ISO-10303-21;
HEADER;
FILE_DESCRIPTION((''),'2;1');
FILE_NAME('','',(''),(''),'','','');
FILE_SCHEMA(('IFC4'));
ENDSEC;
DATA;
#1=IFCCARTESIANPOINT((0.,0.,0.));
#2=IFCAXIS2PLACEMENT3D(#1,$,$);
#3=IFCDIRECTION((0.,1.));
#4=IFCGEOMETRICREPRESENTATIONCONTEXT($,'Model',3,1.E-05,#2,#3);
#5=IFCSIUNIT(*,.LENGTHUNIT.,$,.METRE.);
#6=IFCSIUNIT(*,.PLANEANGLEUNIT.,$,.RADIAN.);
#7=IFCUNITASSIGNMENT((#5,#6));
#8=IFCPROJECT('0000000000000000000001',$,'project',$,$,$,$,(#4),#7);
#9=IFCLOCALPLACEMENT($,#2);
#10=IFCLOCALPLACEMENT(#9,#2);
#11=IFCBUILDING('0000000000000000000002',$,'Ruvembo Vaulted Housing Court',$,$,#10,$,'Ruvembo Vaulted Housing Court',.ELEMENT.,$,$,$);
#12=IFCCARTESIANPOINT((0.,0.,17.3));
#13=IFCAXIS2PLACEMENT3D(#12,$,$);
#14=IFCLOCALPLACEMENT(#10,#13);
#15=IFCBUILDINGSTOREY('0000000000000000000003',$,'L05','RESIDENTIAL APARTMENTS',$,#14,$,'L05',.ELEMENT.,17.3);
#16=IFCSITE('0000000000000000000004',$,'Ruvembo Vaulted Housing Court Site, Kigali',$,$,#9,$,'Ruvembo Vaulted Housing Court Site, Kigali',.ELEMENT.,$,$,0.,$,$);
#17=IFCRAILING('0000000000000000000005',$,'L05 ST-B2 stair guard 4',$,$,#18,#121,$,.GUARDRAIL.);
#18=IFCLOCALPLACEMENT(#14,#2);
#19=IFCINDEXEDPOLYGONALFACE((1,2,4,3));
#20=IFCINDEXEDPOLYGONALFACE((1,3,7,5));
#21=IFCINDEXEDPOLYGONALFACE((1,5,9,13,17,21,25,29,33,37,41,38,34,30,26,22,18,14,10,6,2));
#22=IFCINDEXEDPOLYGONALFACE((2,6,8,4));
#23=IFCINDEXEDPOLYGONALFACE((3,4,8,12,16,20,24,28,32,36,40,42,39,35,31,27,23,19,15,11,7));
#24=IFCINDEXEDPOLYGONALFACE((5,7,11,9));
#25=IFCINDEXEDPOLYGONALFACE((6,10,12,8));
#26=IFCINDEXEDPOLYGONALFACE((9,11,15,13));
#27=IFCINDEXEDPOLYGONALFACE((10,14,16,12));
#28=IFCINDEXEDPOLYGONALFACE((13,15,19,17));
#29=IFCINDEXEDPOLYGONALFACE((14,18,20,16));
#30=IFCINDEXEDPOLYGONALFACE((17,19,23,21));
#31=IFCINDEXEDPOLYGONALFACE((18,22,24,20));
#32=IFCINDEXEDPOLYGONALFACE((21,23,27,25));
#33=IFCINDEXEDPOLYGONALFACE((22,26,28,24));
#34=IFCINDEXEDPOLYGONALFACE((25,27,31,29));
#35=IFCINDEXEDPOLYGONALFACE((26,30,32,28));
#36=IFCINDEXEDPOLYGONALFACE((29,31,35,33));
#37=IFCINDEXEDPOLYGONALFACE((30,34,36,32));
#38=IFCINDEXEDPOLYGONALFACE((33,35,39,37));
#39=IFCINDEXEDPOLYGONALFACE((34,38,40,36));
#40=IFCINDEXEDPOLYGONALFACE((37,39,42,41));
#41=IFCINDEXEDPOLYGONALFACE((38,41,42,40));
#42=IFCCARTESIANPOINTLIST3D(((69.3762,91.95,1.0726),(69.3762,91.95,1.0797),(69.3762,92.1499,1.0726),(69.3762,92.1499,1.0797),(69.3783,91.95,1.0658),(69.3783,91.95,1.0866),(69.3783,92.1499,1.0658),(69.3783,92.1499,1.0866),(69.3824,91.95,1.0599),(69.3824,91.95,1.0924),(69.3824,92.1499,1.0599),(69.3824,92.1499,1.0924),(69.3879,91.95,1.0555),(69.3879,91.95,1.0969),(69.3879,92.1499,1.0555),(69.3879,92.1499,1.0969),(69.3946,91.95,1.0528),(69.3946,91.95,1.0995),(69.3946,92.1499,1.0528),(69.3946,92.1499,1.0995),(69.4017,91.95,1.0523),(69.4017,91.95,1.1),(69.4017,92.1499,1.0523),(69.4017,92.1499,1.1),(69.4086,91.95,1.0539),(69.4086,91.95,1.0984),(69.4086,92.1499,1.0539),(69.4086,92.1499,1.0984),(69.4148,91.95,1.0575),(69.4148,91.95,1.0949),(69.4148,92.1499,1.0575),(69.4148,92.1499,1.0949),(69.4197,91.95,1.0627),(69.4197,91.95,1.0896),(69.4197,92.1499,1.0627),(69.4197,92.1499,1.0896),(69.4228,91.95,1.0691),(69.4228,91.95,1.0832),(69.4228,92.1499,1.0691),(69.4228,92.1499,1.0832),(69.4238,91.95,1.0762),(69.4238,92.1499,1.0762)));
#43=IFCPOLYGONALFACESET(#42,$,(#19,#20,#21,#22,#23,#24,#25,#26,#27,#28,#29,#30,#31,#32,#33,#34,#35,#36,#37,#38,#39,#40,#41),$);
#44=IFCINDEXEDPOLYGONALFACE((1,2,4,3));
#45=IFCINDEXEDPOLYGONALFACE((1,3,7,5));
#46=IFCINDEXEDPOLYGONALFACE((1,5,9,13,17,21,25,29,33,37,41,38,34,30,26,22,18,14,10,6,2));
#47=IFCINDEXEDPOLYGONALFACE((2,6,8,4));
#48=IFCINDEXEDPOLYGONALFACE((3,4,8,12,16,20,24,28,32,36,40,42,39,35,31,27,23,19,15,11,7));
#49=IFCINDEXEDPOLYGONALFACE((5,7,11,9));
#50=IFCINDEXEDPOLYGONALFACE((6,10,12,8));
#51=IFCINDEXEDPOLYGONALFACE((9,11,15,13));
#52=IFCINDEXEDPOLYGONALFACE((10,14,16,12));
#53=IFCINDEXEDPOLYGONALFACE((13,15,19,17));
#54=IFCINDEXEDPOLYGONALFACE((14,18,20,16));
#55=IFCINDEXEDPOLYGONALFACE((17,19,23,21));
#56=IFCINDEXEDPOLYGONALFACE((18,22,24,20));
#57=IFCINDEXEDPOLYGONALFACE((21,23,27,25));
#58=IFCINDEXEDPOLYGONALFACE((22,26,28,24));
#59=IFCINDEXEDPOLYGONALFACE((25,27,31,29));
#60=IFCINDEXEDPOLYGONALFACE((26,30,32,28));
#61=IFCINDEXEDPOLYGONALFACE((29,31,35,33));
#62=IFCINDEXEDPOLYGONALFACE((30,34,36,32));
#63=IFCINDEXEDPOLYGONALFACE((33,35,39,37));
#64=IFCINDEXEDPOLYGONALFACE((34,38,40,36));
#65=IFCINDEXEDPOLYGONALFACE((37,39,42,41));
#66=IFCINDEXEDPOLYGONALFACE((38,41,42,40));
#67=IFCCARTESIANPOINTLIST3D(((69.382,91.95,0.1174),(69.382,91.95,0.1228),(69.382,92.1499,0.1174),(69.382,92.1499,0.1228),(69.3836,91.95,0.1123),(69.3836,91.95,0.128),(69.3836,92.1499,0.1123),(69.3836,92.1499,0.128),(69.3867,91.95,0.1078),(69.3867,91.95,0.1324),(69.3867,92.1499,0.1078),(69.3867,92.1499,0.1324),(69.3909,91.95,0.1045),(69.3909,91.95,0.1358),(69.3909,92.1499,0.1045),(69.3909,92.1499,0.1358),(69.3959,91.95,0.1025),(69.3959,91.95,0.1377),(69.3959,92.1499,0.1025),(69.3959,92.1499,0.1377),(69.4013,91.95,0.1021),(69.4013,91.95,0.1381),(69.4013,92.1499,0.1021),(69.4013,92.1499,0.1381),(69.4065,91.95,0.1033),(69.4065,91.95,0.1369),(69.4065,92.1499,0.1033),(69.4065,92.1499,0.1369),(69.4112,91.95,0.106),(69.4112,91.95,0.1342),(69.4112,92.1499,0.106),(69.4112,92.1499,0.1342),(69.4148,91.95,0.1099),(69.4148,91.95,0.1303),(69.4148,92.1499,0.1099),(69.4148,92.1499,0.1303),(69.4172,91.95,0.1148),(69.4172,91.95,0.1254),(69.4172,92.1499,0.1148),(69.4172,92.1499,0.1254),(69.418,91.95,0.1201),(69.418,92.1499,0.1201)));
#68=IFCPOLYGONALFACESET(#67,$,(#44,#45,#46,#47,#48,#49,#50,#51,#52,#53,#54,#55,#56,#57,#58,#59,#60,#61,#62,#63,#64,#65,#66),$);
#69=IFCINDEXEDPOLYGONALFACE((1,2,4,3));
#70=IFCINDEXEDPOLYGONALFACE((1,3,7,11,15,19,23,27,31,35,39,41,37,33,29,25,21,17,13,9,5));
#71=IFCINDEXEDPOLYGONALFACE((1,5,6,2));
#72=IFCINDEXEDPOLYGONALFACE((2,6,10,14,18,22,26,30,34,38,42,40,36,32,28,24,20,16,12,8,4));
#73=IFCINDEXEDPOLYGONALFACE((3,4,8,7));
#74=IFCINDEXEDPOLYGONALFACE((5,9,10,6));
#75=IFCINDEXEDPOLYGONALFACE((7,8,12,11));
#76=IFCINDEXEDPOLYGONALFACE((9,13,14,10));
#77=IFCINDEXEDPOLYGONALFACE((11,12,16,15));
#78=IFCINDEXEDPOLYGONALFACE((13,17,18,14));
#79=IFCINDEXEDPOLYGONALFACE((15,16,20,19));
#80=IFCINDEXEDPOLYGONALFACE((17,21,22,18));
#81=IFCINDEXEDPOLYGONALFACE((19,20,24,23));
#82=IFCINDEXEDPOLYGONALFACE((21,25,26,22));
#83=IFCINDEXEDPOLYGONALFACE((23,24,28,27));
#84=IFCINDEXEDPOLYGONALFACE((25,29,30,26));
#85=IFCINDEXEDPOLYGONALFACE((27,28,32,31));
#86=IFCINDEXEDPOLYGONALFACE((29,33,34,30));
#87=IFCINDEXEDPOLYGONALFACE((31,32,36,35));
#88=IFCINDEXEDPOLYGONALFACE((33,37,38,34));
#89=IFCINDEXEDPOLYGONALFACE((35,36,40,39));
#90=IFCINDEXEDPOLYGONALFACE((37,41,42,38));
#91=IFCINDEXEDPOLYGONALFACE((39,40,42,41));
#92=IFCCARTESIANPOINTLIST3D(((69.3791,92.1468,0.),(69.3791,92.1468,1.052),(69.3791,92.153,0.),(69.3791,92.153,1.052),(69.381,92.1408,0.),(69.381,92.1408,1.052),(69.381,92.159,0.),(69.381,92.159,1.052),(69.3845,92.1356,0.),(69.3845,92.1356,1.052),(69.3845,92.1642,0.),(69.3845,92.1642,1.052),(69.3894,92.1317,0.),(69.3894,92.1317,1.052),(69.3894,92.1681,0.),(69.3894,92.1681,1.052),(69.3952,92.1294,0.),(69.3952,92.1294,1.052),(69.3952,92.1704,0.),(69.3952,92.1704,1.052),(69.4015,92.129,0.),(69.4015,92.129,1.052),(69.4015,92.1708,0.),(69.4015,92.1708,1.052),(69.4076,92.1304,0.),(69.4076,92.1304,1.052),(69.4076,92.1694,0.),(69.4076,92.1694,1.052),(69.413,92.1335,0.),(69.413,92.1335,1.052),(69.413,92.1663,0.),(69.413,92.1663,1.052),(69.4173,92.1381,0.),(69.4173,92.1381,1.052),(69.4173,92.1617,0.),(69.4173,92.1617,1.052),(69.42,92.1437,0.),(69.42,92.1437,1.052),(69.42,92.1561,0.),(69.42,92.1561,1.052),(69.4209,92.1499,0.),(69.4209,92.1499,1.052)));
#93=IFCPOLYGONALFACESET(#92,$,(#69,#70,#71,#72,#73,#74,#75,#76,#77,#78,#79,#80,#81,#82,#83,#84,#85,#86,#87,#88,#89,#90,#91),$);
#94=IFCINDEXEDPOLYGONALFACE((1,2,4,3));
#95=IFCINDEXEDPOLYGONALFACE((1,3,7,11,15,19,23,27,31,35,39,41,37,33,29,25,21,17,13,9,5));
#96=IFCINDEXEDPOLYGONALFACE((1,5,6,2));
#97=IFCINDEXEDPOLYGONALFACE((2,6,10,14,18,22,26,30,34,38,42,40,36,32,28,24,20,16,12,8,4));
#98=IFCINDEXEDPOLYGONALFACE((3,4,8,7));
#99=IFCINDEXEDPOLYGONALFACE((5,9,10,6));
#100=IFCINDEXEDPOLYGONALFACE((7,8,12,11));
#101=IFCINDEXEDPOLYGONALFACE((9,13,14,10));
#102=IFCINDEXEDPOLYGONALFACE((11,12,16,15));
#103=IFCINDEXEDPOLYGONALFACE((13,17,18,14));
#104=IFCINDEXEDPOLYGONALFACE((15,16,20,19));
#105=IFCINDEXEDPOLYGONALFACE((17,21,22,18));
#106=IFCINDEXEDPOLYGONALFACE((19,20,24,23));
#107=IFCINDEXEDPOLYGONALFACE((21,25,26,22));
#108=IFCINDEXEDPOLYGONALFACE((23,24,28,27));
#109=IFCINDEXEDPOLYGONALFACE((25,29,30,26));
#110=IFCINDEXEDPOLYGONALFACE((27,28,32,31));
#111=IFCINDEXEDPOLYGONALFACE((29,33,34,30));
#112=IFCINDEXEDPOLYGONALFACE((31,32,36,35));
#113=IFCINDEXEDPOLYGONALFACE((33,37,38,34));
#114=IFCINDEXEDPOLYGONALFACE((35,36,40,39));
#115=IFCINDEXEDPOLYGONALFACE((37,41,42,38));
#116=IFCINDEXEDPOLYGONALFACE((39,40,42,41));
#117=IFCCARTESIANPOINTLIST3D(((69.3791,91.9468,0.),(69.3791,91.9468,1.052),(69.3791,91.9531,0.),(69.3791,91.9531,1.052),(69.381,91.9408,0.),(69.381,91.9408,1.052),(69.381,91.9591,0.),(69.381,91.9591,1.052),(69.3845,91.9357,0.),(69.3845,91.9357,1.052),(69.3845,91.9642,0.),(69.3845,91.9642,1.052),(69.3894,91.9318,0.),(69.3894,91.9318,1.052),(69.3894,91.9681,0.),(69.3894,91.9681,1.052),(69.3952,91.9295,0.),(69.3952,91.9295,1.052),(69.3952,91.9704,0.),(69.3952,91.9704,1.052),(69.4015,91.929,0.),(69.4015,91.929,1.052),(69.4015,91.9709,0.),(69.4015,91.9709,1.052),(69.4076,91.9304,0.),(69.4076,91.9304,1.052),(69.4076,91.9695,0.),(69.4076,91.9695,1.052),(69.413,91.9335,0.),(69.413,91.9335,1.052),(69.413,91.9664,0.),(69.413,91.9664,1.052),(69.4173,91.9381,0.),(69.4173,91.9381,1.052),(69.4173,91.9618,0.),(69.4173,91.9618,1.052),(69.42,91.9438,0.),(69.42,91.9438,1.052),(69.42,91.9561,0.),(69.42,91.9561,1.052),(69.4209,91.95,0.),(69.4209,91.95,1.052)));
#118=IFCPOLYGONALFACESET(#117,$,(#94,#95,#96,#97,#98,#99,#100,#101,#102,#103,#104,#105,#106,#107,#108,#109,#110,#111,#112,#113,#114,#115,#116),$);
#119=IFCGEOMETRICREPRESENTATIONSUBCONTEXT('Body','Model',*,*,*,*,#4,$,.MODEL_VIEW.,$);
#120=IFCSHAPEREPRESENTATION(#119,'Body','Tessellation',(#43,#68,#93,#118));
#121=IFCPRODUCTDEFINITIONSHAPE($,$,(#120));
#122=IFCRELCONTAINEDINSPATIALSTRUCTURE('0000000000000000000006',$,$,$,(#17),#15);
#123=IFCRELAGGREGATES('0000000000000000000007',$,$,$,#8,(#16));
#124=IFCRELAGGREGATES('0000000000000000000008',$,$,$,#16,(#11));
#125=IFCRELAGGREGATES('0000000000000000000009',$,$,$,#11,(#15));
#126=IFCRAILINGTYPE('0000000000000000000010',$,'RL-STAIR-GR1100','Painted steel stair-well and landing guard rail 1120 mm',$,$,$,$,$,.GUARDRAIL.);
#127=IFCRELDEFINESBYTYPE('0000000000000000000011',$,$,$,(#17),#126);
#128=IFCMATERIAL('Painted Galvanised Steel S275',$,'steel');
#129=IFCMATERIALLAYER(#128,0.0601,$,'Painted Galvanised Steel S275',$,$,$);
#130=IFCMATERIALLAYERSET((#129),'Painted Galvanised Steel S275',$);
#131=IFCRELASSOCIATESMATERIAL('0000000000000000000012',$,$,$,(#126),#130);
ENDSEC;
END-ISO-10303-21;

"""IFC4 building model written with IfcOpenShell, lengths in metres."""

from ifc_helpers import new_model, si_unit, direction, frame, origin, origin_2d, place, context, subcontext, project, spatial, circle, extrude, material, layer, layer_set, type_object, element, save


model = new_model("IFC4")

# Units and contexts
model_context = context("Model", 3, precision=1e-05, world=origin(), true_north=direction((0.0, 1.0)))
body_context = subcontext(model_context, "Body", "Model", "MODEL_VIEW")
ifc_project = project(units=[si_unit("LENGTHUNIT", "METRE"), si_unit("PLANEANGLEUNIT", "RADIAN")], contexts=[model_context])

# Site, building, storey
site_placement = place(None, origin())
site = spatial("IfcSite", under=ifc_project, at=site_placement, Name="Ruvembo Vaulted Housing Court Site, Kigali", LongName="Ruvembo Vaulted Housing Court Site, Kigali", CompositionType="ELEMENT", RefElevation=0.0)
building_placement = place(site_placement, origin())
building = spatial("IfcBuilding", under=site, at=building_placement, Name="Ruvembo Vaulted Housing Court", LongName="Ruvembo Vaulted Housing Court", CompositionType="ELEMENT")
storey_placement = place(building_placement, frame((0.0, 0.0, 17.3)))
storey = spatial("IfcBuildingStorey", under=building, at=storey_placement, Name="L05", Description="RESIDENTIAL APARTMENTS", LongName="L05", CompositionType="ELEMENT", Elevation=17.3)

# Railing
ifc_material_1 = material(Name="Painted Galvanised Steel S275", Category="steel")
ifc_layer_1 = layer(ifc_material_1, 0.0601, Name="Painted Galvanised Steel S275")
ifc_layer_set_1 = layer_set([ifc_layer_1], Name="Painted Galvanised Steel S275")
railing_type_1 = type_object("IfcRailingType", Name="RL-STAIR-GR1100", Description="Painted steel stair-well and landing guard rail 1120 mm", PredefinedType="GUARDRAIL", material=ifc_layer_set_1)
railing_1_placement = place(storey_placement, frame((69.3999, 92.1499, 0.0)))
element("IfcRailing", 1, at=railing_1_placement, inside=storey, type_object=railing_type_1, Name="L05 ST-B2 stair guard 4", PredefinedType="GUARDRAIL", context=body_context, shape_type="SweptSolid", body=[
    extrude(circle(Radius=0.0239, at=origin_2d()), frame((0.0, 0.0, 1.0762), z_axis=(0.0, -1.0, 0.0), x_axis=(1.0, 0.0, 0.0)), (0.0, 0.0, 1.0), 0.2),
    extrude(circle(Radius=0.0181, at=origin_2d()), frame((0.0, 0.0, 0.1201), z_axis=(0.0, -1.0, 0.0), x_axis=(1.0, 0.0, 0.0)), (0.0, 0.0, 1.0), 0.2),
    extrude(circle(Radius=0.021, at=origin_2d()), origin(), (0.0, 0.0, 1.0), 1.052),
    extrude(circle(Radius=0.021, at=origin_2d()), frame((0.0, -0.2, 0.0)), (0.0, 0.0, 1.0), 1.052),
])

save(model, "model.ifc")
